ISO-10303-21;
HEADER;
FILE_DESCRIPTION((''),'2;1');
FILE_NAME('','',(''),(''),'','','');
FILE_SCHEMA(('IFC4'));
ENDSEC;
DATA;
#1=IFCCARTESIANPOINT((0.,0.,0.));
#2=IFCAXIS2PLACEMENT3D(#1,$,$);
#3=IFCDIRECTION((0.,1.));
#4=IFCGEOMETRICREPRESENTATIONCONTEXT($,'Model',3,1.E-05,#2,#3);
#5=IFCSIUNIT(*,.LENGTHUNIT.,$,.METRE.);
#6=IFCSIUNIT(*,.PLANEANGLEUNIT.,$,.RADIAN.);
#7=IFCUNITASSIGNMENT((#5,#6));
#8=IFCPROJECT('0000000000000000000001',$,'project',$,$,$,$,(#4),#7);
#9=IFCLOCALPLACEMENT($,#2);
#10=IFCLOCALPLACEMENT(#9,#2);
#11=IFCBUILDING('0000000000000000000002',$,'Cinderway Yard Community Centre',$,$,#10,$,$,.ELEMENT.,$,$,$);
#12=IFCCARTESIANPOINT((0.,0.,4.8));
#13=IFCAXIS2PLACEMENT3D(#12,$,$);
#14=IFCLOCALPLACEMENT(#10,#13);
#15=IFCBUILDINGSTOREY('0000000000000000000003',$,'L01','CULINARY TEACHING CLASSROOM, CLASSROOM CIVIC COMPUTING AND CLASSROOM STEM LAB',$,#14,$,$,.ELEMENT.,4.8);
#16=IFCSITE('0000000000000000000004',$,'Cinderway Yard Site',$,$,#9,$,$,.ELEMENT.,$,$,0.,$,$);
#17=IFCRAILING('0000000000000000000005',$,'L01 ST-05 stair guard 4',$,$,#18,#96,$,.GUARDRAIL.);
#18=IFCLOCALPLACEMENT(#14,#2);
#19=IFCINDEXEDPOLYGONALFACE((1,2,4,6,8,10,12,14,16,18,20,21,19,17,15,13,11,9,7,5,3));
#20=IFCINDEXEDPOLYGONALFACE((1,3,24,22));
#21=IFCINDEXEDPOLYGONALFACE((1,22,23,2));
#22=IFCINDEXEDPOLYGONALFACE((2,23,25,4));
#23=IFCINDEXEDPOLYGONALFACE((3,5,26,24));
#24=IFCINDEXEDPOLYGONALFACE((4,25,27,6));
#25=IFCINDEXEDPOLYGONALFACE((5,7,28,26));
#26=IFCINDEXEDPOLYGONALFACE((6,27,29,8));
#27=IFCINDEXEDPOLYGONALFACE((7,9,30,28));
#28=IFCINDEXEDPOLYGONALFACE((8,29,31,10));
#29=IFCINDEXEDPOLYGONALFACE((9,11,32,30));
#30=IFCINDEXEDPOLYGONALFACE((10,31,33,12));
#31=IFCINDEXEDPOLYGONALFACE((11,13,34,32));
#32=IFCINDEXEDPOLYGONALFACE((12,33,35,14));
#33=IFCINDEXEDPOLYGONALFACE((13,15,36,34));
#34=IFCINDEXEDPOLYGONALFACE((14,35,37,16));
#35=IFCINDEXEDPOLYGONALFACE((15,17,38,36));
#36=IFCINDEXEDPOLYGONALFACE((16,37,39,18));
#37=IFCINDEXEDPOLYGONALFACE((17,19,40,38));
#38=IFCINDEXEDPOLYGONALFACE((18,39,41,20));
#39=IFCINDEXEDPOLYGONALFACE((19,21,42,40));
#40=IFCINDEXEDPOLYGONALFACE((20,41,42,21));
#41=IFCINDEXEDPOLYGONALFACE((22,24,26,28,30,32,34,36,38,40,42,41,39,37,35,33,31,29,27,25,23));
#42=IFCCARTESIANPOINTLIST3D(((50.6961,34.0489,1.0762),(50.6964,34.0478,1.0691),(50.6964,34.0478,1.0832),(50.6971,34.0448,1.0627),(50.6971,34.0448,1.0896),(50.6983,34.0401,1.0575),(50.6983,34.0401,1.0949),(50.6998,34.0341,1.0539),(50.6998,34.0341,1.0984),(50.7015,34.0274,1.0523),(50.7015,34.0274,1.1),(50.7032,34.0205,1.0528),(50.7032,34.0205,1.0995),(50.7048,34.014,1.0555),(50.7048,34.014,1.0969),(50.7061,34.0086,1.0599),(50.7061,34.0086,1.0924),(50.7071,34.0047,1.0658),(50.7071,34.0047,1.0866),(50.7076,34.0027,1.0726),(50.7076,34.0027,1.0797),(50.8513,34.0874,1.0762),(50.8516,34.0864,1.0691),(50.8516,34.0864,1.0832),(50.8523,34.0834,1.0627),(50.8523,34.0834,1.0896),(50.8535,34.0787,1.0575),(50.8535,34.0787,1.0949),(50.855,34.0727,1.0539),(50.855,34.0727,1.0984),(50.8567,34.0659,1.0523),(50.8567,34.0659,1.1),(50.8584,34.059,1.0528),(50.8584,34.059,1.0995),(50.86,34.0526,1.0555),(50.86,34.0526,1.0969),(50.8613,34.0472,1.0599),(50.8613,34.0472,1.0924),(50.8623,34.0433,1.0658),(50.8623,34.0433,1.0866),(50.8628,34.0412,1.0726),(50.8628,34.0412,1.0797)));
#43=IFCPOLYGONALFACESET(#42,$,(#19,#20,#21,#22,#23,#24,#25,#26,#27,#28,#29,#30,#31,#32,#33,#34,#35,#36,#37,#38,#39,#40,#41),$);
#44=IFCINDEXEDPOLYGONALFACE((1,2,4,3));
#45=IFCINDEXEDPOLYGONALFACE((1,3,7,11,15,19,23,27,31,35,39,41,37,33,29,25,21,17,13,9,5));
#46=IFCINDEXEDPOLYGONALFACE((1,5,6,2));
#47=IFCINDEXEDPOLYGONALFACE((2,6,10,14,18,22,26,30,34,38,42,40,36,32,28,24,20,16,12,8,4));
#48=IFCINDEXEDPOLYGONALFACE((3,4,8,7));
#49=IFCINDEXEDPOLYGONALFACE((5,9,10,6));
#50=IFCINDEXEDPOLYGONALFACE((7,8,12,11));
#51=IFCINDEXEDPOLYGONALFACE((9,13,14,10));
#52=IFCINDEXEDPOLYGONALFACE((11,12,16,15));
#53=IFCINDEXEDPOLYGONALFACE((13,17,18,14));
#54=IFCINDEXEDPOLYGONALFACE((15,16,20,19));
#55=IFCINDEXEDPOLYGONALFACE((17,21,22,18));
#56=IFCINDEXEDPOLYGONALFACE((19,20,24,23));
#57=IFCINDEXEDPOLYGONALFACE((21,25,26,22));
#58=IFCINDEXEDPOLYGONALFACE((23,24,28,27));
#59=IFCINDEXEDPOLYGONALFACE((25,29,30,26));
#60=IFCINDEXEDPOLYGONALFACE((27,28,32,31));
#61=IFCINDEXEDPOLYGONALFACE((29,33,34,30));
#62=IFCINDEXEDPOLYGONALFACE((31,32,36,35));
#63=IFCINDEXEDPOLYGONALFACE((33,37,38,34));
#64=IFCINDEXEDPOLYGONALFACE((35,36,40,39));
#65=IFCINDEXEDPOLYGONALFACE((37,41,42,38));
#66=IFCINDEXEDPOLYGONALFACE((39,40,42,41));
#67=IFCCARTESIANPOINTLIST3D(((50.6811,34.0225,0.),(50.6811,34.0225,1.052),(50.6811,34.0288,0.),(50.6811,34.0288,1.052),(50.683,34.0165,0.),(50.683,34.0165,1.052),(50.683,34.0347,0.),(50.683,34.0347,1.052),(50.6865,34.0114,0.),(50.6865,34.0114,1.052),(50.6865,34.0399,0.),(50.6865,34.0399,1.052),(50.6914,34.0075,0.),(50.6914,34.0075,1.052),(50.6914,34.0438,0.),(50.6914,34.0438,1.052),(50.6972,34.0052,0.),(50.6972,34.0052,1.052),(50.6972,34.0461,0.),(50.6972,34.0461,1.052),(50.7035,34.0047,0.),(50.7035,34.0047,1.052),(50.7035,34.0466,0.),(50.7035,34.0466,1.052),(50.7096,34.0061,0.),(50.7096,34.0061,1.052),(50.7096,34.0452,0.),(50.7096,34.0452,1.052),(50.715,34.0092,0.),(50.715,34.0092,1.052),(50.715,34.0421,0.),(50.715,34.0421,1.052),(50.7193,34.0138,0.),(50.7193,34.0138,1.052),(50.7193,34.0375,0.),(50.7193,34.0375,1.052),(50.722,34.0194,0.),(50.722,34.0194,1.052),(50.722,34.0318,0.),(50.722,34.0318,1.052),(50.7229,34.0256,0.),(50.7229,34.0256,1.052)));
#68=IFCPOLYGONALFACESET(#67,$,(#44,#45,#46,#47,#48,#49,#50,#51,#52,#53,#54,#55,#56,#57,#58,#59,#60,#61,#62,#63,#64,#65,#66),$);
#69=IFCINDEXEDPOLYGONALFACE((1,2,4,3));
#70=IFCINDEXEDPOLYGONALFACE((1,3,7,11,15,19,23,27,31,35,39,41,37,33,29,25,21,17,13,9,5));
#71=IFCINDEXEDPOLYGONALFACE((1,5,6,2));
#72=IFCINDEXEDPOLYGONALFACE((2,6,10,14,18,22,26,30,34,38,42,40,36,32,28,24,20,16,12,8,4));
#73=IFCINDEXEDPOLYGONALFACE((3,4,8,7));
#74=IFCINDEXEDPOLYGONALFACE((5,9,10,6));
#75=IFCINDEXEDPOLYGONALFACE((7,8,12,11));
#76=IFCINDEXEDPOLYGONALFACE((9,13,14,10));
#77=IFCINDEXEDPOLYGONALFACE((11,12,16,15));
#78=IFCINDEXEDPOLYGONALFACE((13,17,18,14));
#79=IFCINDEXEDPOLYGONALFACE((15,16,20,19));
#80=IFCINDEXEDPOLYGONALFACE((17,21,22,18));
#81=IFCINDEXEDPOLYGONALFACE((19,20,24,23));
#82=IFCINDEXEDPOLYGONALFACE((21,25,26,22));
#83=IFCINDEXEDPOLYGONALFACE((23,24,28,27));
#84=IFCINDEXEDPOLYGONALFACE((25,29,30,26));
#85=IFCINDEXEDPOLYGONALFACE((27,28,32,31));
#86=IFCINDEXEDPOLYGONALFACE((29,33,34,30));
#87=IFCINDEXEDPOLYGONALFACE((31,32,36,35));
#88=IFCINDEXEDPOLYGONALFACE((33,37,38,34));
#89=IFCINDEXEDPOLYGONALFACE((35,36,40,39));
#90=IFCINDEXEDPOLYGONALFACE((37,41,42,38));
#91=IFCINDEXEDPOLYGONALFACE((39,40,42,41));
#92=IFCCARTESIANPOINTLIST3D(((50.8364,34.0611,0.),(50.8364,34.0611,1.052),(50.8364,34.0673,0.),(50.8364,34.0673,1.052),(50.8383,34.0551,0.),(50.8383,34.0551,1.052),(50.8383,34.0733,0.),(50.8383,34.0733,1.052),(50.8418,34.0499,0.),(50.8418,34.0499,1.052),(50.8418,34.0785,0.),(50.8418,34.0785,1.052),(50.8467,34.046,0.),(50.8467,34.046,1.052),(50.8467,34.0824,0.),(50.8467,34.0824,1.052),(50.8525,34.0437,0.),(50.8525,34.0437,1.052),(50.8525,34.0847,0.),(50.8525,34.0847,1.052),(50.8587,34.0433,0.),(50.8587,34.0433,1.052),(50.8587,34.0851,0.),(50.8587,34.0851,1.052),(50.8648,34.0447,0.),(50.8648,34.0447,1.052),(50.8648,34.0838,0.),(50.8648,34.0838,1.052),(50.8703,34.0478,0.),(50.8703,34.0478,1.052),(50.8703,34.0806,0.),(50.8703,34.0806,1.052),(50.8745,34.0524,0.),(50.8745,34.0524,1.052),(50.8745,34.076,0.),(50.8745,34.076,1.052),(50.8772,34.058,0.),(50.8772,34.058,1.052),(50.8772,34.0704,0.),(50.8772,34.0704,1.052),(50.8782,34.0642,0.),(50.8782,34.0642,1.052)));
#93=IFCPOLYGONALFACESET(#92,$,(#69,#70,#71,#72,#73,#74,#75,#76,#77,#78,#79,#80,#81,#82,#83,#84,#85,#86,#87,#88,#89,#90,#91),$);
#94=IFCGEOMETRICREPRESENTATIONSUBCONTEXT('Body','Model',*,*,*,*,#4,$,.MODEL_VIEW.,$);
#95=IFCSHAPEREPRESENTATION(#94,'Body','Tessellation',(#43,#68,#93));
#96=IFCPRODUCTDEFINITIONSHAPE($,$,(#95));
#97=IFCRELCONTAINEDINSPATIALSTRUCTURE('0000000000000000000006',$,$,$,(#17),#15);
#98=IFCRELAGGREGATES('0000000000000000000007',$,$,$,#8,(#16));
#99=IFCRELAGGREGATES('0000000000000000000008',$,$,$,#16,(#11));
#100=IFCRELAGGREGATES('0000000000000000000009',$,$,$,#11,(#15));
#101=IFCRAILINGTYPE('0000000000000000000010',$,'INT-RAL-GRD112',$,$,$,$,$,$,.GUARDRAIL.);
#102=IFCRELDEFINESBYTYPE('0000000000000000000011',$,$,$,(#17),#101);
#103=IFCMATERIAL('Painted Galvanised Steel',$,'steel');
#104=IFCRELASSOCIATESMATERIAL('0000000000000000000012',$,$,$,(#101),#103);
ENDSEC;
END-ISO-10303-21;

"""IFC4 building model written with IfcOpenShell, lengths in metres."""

from ifc_helpers import new_model, si_unit, direction, frame, origin, origin_2d, place, context, subcontext, project, spatial, circle, extrude, material, type_object, element, save


model = new_model("IFC4")

# Units and contexts
model_context = context("Model", 3, precision=1e-05, world=origin(), true_north=direction((0.0, 1.0)))
body_context = subcontext(model_context, "Body", "Model", "MODEL_VIEW")
ifc_project = project(units=[si_unit("LENGTHUNIT", "METRE"), si_unit("PLANEANGLEUNIT", "RADIAN")], contexts=[model_context])

# Site, building, storey
site_placement = place(None, origin())
site = spatial("IfcSite", under=ifc_project, at=site_placement, Name="Cinderway Yard Site", CompositionType="ELEMENT", RefElevation=0.0)
building_placement = place(site_placement, origin())
building = spatial("IfcBuilding", under=site, at=building_placement, Name="Cinderway Yard Community Centre", CompositionType="ELEMENT")
storey_placement = place(building_placement, frame((0.0, 0.0, 4.8)))
storey = spatial("IfcBuildingStorey", under=building, at=storey_placement, Name="L01", Description="CULINARY TEACHING CLASSROOM, CLASSROOM CIVIC COMPUTING AND CLASSROOM STEM LAB", CompositionType="ELEMENT", Elevation=4.8)

# Shared definitions
ifc_material_1 = material(Name="Painted Galvanised Steel", Category="steel")

# Railing
railing_type_1 = type_object("IfcRailingType", Name="INT-RAL-GRD112", PredefinedType="GUARDRAIL", material=ifc_material_1)
railing_1_placement = place(storey_placement, frame((50.7019, 34.0256, 0.0)))
element("IfcRailing", 1, at=railing_1_placement, inside=storey, type_object=railing_type_1, Name="L01 ST-05 stair guard 4", PredefinedType="GUARDRAIL", context=body_context, shape_type="SweptSolid", body=[
    extrude(circle(Radius=0.0239, at=origin_2d()), frame((0.0, 0.0, 1.0762), z_axis=(0.9705, 0.241099, 0.0), x_axis=(-0.241099, 0.9705, 0.0)), (0.0, 0.0, 1.0), 0.1599),
    extrude(circle(Radius=0.021, at=origin_2d()), origin(), (0.0, 0.0, 1.0), 1.052),
    extrude(circle(Radius=0.021, at=origin_2d()), frame((0.1553, 0.0386, 0.0)), (0.0, 0.0, 1.0), 1.052),
])

save(model, "model.ifc")
